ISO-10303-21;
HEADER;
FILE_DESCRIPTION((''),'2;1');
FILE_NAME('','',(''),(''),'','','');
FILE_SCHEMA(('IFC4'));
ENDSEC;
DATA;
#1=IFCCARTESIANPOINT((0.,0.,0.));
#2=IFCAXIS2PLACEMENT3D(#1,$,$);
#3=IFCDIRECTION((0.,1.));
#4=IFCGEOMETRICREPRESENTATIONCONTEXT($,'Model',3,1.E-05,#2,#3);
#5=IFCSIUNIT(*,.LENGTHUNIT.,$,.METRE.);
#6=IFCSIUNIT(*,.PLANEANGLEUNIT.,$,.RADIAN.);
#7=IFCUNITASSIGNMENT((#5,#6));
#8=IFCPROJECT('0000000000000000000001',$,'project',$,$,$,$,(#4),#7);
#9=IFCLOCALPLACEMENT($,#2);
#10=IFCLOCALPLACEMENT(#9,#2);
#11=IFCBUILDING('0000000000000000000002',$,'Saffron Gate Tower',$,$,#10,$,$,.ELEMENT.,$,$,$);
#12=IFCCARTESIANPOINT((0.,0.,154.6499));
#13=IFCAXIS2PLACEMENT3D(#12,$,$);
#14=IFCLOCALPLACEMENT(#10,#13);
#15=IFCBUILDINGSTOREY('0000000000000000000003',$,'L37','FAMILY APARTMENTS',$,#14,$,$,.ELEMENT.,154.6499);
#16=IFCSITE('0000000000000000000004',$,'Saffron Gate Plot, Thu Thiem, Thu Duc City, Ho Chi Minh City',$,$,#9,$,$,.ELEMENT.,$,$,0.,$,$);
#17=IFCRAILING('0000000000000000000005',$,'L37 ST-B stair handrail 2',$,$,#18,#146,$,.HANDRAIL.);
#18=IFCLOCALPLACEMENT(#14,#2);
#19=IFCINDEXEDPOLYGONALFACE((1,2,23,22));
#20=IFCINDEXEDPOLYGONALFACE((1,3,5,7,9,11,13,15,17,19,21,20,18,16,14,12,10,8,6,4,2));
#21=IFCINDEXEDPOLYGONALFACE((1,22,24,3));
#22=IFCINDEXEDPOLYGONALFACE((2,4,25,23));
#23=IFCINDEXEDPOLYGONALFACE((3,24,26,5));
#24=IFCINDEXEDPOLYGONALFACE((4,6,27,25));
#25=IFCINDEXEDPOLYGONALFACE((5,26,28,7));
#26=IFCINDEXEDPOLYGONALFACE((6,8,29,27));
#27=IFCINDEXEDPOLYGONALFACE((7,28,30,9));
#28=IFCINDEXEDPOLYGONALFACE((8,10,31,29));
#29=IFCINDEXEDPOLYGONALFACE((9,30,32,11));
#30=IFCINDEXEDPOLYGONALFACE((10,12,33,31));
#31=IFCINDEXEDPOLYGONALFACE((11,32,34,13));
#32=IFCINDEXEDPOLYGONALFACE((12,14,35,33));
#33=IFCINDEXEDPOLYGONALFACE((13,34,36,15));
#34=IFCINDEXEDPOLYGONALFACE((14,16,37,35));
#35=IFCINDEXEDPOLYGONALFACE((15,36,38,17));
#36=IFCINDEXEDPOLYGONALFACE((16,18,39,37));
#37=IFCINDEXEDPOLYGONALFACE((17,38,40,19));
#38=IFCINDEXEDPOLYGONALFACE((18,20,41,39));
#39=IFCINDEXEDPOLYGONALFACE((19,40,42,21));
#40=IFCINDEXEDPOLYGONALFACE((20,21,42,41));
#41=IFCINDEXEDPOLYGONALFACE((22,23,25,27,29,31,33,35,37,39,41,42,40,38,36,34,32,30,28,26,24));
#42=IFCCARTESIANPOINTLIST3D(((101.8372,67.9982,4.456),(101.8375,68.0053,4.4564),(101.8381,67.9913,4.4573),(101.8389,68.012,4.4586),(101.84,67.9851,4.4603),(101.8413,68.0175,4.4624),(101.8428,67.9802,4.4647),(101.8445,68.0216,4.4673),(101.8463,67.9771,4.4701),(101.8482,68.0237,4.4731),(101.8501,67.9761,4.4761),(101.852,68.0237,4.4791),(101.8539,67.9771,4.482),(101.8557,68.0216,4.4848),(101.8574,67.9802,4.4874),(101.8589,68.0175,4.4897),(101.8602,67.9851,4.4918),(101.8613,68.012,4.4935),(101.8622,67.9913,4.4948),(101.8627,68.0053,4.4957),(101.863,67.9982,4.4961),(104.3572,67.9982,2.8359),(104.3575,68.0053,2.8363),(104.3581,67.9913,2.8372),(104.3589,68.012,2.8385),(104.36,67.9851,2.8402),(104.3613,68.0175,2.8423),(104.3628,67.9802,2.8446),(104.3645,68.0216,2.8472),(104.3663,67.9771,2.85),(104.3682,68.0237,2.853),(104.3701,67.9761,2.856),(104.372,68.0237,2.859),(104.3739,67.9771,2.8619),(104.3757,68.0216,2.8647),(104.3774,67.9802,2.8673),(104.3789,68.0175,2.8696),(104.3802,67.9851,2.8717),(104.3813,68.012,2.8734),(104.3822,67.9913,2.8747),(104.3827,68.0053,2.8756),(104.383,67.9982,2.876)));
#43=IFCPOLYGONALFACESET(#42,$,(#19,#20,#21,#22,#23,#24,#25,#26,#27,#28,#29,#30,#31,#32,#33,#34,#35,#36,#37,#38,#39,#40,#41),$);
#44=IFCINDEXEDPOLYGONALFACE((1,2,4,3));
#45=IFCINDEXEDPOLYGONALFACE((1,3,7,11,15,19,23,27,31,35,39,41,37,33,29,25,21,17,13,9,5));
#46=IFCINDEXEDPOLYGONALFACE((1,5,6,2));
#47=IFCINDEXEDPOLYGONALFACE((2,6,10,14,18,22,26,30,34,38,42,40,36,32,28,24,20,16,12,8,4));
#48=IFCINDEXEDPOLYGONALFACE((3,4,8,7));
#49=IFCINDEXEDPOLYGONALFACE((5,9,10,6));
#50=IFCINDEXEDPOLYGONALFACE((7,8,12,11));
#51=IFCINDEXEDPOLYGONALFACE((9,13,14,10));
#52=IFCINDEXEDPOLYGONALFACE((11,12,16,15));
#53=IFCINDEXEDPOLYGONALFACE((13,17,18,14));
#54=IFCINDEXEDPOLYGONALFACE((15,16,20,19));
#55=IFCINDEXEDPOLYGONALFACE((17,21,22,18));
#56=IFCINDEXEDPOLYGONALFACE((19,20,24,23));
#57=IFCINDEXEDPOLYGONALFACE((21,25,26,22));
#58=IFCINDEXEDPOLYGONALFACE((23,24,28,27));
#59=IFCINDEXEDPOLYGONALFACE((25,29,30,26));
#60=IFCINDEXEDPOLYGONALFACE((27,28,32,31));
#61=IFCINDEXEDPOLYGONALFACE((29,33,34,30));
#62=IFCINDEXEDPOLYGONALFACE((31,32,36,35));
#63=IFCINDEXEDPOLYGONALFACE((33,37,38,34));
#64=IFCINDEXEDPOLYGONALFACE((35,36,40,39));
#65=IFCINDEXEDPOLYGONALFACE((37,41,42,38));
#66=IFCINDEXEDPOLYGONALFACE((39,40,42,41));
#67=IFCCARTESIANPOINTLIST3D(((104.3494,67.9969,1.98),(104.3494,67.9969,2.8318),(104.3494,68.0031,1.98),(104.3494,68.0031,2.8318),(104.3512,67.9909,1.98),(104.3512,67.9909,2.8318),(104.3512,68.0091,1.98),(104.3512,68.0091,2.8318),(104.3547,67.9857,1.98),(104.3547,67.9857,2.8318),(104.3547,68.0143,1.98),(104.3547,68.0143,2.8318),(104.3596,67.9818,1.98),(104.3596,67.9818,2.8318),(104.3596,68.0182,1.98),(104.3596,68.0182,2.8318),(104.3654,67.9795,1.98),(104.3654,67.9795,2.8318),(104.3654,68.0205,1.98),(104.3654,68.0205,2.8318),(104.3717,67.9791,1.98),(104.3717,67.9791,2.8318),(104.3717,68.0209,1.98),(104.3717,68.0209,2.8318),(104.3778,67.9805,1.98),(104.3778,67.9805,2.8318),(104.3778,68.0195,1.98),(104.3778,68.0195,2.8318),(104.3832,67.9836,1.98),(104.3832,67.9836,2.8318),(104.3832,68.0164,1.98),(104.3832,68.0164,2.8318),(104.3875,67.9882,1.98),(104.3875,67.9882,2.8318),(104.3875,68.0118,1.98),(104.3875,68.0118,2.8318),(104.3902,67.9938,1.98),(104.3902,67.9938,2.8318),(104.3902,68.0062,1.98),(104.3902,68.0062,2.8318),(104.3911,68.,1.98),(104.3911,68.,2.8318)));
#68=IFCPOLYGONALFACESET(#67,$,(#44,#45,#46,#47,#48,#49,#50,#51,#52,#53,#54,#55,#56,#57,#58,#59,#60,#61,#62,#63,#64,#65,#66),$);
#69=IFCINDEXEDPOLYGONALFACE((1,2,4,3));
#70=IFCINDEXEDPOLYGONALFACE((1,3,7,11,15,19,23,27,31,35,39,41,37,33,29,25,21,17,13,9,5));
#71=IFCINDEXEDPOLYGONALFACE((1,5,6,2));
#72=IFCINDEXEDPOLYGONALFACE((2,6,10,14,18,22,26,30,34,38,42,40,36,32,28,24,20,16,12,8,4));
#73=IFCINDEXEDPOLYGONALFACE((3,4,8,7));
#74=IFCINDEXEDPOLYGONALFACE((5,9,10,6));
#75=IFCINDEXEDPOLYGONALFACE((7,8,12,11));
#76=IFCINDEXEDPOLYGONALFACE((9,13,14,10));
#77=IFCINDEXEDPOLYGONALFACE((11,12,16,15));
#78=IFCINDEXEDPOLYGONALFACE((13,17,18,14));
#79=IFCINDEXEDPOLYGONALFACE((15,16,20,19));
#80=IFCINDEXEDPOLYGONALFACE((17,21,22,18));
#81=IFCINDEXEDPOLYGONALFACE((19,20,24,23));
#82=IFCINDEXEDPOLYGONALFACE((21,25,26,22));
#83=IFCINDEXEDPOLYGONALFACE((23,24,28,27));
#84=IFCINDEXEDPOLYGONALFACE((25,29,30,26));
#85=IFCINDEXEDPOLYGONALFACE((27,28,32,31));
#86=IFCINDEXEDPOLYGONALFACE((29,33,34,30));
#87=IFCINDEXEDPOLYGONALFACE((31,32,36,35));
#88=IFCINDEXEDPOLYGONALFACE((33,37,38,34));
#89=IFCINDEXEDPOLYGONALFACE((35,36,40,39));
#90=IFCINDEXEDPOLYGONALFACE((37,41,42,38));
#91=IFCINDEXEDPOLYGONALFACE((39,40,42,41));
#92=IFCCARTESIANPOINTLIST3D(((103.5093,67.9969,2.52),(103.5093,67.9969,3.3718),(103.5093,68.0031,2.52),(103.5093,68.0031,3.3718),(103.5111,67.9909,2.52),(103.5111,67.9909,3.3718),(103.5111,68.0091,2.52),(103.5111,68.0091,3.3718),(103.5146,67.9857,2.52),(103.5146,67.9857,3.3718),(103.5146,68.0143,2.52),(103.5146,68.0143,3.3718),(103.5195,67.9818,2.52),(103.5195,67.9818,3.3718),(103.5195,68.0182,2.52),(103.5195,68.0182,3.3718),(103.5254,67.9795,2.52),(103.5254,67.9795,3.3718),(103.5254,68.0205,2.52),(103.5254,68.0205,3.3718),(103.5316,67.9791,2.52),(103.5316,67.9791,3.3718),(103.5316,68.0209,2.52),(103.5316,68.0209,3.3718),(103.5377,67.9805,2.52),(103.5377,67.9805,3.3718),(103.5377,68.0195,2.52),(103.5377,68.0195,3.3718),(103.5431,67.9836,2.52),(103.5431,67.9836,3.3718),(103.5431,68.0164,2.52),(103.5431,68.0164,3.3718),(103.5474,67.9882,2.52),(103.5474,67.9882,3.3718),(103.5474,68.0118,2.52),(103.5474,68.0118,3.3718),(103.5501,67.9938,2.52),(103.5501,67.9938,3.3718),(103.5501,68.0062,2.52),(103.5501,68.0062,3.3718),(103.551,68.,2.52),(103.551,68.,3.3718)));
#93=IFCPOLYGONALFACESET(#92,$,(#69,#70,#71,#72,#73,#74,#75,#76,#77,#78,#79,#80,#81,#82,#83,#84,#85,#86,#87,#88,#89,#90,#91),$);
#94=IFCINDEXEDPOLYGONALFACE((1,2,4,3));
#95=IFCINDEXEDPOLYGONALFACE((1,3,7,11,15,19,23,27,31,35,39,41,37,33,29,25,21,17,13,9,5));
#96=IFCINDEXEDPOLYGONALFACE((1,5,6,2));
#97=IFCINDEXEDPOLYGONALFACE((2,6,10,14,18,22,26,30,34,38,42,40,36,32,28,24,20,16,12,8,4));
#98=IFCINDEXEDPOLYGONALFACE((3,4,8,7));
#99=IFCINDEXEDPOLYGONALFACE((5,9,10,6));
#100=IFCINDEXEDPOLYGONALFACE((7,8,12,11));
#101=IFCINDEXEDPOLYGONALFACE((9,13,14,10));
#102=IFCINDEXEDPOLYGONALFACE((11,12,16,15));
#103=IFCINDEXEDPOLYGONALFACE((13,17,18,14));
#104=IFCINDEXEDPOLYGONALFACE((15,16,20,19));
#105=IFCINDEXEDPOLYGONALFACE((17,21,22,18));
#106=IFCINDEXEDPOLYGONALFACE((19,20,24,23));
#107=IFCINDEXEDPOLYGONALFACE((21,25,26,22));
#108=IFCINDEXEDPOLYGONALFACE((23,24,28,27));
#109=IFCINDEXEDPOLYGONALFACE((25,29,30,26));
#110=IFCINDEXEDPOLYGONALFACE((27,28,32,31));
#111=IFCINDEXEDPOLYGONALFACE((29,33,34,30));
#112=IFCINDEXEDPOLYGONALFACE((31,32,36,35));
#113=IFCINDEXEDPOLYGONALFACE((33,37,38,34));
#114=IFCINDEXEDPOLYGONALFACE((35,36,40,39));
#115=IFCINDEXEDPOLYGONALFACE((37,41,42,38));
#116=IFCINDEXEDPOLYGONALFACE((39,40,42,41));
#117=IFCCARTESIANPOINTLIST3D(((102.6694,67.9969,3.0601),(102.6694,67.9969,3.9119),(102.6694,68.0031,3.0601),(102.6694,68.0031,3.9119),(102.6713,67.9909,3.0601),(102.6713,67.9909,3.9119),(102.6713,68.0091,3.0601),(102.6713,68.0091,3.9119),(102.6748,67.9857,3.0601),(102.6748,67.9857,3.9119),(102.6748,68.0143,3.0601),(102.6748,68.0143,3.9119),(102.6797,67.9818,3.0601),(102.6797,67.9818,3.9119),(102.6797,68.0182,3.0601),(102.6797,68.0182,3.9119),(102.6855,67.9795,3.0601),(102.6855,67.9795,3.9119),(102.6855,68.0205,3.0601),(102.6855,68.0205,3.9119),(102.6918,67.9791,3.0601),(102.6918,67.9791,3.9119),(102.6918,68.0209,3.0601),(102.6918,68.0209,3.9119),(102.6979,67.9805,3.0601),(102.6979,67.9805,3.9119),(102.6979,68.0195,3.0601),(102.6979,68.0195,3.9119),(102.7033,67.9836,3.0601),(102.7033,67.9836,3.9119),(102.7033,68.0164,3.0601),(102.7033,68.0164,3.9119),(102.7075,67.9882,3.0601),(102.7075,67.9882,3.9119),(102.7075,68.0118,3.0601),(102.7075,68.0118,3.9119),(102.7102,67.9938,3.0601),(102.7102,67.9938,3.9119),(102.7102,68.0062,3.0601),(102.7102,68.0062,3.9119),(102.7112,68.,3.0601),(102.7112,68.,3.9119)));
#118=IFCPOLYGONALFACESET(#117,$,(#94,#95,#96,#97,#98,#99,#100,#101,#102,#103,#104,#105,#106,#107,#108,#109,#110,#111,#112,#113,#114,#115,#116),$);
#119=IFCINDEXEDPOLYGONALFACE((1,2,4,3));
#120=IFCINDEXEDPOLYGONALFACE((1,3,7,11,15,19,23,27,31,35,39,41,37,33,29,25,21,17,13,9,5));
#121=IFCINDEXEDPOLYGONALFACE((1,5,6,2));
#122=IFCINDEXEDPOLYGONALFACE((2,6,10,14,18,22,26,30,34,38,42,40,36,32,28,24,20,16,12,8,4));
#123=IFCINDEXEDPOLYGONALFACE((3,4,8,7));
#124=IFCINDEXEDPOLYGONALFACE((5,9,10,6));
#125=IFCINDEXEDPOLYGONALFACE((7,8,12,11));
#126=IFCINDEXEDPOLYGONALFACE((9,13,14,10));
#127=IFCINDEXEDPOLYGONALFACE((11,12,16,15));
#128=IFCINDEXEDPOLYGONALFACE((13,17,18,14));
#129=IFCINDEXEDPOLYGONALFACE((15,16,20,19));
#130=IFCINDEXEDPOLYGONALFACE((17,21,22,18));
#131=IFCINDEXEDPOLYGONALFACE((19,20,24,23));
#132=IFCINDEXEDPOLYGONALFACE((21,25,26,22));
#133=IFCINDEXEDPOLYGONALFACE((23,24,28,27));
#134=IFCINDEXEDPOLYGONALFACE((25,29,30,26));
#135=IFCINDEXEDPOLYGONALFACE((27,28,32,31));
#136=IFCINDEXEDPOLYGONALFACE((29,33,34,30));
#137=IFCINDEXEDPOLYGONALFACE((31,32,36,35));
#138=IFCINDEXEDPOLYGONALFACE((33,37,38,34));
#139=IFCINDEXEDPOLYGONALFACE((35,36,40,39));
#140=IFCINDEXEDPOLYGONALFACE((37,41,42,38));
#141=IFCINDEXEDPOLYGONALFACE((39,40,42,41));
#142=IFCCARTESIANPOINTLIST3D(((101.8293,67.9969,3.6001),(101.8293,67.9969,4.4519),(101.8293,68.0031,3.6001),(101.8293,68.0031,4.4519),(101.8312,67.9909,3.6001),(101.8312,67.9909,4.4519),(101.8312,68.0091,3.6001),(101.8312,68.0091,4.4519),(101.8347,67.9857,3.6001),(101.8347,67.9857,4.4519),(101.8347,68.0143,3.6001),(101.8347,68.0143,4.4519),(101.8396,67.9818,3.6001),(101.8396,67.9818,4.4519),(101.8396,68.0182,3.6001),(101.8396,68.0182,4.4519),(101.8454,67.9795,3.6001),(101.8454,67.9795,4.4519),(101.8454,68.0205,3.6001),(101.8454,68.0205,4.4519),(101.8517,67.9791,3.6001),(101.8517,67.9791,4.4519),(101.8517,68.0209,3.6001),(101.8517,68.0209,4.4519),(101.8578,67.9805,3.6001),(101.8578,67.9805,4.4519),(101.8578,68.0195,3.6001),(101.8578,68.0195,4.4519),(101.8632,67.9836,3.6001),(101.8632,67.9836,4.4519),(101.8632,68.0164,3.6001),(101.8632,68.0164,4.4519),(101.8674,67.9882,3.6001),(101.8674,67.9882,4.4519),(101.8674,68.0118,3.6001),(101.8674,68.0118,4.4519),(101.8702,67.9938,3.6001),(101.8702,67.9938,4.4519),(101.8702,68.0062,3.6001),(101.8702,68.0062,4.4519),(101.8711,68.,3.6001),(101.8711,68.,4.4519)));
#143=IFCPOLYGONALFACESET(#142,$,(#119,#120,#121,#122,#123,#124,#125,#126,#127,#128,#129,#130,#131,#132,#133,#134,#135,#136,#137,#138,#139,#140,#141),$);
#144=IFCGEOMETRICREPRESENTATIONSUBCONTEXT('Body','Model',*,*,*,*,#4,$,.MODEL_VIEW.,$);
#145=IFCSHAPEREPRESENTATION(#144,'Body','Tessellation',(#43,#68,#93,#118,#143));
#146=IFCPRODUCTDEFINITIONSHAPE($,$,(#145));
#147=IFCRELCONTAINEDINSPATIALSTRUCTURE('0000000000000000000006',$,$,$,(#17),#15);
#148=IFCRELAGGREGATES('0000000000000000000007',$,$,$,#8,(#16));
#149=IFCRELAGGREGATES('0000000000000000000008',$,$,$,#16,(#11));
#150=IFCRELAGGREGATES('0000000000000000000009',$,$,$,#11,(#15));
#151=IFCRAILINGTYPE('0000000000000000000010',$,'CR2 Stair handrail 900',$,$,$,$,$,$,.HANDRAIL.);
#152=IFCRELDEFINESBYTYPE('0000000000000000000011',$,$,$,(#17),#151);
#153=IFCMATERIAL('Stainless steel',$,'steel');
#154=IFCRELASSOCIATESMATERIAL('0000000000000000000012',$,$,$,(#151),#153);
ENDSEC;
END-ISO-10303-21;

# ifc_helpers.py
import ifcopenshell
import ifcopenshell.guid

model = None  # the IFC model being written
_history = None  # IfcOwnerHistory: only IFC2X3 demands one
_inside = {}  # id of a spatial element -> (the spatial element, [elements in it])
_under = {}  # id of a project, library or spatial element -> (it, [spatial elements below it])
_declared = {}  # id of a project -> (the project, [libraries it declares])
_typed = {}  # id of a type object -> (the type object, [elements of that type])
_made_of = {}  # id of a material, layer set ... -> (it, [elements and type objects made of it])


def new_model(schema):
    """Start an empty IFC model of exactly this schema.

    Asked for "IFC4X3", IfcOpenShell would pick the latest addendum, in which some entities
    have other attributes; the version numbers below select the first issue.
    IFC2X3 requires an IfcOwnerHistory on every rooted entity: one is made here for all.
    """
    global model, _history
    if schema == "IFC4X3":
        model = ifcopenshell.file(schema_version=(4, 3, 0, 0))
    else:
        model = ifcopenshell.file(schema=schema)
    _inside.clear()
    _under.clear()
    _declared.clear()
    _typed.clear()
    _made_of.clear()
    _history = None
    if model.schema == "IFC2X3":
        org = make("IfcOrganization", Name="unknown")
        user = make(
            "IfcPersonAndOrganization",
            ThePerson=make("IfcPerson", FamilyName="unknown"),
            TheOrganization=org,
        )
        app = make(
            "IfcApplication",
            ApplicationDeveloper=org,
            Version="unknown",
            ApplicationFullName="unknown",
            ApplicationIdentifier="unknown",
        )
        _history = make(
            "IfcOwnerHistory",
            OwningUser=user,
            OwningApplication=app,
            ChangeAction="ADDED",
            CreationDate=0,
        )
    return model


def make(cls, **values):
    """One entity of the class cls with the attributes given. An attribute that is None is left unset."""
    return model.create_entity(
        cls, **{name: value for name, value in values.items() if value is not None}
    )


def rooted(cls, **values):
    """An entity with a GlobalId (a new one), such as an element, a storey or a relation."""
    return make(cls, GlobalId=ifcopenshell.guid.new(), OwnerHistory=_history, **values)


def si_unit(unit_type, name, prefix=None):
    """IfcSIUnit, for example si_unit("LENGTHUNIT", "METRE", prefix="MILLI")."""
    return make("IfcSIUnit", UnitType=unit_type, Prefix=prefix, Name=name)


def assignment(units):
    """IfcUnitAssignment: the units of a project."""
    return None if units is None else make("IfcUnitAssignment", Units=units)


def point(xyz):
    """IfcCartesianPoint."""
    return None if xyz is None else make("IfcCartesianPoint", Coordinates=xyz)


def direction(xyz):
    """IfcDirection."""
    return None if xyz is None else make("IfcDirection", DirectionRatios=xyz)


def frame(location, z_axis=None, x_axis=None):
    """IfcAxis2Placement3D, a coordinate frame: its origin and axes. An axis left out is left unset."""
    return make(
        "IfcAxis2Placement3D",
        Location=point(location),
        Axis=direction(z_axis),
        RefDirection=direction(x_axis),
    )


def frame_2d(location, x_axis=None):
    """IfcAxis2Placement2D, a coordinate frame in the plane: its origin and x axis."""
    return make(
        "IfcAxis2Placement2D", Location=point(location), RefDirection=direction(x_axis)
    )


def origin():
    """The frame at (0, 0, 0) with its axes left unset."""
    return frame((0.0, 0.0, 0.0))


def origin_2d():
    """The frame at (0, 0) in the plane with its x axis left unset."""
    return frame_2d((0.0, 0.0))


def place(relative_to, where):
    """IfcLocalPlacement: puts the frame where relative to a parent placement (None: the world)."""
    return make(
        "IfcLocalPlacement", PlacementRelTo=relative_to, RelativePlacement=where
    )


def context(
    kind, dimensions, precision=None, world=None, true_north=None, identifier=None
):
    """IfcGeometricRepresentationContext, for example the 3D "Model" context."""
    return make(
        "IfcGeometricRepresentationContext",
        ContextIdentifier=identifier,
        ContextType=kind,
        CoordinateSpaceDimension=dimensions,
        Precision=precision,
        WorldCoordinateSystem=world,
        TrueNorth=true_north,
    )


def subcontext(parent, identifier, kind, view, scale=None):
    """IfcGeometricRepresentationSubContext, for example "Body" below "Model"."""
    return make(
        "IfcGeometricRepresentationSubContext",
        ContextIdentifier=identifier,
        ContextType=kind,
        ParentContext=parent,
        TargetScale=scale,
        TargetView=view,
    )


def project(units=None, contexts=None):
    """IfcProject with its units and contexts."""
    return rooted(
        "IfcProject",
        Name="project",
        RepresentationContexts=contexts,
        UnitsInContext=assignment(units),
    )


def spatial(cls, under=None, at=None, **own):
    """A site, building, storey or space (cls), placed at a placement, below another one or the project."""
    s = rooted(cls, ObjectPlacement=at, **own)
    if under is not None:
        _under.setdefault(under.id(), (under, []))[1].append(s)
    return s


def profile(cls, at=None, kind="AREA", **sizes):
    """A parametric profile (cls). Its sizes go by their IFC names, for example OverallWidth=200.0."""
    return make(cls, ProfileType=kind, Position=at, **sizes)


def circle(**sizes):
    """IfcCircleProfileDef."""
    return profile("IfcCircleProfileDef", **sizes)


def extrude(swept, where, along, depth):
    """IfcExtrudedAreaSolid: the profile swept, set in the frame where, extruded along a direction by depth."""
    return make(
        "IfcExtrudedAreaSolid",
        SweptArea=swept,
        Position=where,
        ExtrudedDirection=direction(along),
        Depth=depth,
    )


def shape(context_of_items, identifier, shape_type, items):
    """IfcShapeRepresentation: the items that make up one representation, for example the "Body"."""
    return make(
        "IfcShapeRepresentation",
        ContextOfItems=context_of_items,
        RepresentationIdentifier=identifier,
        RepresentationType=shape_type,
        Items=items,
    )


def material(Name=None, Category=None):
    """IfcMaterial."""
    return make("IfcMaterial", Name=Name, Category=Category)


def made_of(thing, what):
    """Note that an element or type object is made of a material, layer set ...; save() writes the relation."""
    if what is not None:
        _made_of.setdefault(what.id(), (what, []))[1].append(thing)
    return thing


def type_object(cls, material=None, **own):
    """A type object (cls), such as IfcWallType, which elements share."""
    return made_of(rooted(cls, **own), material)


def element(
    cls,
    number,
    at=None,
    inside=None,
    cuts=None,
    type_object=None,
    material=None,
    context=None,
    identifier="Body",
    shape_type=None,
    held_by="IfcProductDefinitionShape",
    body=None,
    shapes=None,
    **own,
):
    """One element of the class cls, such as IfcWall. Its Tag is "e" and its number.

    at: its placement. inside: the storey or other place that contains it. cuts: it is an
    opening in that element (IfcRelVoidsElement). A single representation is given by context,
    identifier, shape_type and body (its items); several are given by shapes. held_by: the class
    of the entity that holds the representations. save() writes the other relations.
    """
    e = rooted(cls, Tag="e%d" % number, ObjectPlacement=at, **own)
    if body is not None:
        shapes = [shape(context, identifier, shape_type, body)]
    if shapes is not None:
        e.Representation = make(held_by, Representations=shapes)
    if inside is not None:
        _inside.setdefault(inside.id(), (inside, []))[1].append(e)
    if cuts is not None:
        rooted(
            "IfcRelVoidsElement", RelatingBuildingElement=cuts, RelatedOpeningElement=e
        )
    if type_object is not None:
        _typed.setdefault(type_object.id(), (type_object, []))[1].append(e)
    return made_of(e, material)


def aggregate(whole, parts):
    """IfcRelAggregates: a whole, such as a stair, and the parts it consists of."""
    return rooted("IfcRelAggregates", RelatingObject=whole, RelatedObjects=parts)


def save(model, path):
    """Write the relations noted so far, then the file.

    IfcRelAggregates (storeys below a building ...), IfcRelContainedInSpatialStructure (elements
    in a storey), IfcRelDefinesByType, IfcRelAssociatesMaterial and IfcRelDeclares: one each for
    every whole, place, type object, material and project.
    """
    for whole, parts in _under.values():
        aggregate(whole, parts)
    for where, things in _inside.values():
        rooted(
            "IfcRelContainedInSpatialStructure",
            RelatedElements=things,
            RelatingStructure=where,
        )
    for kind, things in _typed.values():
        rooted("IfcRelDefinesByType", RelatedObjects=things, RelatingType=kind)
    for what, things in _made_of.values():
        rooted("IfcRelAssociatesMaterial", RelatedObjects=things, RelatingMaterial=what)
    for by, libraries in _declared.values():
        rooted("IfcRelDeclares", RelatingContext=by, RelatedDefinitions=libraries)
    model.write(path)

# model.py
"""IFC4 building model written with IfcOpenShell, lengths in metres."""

from ifc_helpers import new_model, si_unit, direction, frame, origin, origin_2d, place, context, subcontext, project, spatial, circle, extrude, material, type_object, element, save


model = new_model("IFC4")

# Units and contexts
model_context = context("Model", 3, precision=1e-05, world=origin(), true_north=direction((0.0, 1.0)))
body_context = subcontext(model_context, "Body", "Model", "MODEL_VIEW")
ifc_project = project(units=[si_unit("LENGTHUNIT", "METRE"), si_unit("PLANEANGLEUNIT", "RADIAN")], contexts=[model_context])

# Site, building, storey
site_placement = place(None, origin())
site = spatial("IfcSite", under=ifc_project, at=site_placement, Name="Saffron Gate Plot, Thu Thiem, Thu Duc City, Ho Chi Minh City", CompositionType="ELEMENT", RefElevation=0.0)
building_placement = place(site_placement, origin())
building = spatial("IfcBuilding", under=site, at=building_placement, Name="Saffron Gate Tower", CompositionType="ELEMENT")
storey_placement = place(building_placement, frame((0.0, 0.0, 154.6499)))
storey = spatial("IfcBuildingStorey", under=building, at=storey_placement, Name="L37", Description="FAMILY APARTMENTS", CompositionType="ELEMENT", Elevation=154.6499)

# Railing
ifc_material_1 = material(Name="Stainless steel", Category="steel")
railing_type = type_object("IfcRailingType", Name="CR2 Stair handrail 900", PredefinedType="HANDRAIL", material=ifc_material_1)
railing_placement = place(storey_placement, frame((104.3701, 68.0, 1.98)))
element("IfcRailing", 1, at=railing_placement, inside=storey, type_object=railing_type, Name="L37 ST-B stair handrail 2", PredefinedType="HANDRAIL", context=body_context, shape_type="SweptSolid", body=[
    extrude(circle(Radius=0.0239, at=origin_2d()), frame((0.0, 0.0, 0.876), z_axis=(-0.841163, 0.0, 0.540782), x_axis=(0.0, -1.0, 0.0)), (0.0, 0.0, 1.0), 2.9958),
    extrude(circle(Radius=0.021, at=origin_2d()), origin(), (0.0, 0.0, 1.0), 0.8518),
    extrude(circle(Radius=0.021, at=origin_2d()), frame((-0.8401, 0.0, 0.54)), (0.0, 0.0, 1.0), 0.8518),
    extrude(circle(Radius=0.021, at=origin_2d()), frame((-1.6799, 0.0, 1.0801)), (0.0, 0.0, 1.0), 0.8518),
    extrude(circle(Radius=0.021, at=origin_2d()), frame((-2.52, 0.0, 1.6201)), (0.0, 0.0, 1.0), 0.8518),
])

save(model, "model.ifc")
